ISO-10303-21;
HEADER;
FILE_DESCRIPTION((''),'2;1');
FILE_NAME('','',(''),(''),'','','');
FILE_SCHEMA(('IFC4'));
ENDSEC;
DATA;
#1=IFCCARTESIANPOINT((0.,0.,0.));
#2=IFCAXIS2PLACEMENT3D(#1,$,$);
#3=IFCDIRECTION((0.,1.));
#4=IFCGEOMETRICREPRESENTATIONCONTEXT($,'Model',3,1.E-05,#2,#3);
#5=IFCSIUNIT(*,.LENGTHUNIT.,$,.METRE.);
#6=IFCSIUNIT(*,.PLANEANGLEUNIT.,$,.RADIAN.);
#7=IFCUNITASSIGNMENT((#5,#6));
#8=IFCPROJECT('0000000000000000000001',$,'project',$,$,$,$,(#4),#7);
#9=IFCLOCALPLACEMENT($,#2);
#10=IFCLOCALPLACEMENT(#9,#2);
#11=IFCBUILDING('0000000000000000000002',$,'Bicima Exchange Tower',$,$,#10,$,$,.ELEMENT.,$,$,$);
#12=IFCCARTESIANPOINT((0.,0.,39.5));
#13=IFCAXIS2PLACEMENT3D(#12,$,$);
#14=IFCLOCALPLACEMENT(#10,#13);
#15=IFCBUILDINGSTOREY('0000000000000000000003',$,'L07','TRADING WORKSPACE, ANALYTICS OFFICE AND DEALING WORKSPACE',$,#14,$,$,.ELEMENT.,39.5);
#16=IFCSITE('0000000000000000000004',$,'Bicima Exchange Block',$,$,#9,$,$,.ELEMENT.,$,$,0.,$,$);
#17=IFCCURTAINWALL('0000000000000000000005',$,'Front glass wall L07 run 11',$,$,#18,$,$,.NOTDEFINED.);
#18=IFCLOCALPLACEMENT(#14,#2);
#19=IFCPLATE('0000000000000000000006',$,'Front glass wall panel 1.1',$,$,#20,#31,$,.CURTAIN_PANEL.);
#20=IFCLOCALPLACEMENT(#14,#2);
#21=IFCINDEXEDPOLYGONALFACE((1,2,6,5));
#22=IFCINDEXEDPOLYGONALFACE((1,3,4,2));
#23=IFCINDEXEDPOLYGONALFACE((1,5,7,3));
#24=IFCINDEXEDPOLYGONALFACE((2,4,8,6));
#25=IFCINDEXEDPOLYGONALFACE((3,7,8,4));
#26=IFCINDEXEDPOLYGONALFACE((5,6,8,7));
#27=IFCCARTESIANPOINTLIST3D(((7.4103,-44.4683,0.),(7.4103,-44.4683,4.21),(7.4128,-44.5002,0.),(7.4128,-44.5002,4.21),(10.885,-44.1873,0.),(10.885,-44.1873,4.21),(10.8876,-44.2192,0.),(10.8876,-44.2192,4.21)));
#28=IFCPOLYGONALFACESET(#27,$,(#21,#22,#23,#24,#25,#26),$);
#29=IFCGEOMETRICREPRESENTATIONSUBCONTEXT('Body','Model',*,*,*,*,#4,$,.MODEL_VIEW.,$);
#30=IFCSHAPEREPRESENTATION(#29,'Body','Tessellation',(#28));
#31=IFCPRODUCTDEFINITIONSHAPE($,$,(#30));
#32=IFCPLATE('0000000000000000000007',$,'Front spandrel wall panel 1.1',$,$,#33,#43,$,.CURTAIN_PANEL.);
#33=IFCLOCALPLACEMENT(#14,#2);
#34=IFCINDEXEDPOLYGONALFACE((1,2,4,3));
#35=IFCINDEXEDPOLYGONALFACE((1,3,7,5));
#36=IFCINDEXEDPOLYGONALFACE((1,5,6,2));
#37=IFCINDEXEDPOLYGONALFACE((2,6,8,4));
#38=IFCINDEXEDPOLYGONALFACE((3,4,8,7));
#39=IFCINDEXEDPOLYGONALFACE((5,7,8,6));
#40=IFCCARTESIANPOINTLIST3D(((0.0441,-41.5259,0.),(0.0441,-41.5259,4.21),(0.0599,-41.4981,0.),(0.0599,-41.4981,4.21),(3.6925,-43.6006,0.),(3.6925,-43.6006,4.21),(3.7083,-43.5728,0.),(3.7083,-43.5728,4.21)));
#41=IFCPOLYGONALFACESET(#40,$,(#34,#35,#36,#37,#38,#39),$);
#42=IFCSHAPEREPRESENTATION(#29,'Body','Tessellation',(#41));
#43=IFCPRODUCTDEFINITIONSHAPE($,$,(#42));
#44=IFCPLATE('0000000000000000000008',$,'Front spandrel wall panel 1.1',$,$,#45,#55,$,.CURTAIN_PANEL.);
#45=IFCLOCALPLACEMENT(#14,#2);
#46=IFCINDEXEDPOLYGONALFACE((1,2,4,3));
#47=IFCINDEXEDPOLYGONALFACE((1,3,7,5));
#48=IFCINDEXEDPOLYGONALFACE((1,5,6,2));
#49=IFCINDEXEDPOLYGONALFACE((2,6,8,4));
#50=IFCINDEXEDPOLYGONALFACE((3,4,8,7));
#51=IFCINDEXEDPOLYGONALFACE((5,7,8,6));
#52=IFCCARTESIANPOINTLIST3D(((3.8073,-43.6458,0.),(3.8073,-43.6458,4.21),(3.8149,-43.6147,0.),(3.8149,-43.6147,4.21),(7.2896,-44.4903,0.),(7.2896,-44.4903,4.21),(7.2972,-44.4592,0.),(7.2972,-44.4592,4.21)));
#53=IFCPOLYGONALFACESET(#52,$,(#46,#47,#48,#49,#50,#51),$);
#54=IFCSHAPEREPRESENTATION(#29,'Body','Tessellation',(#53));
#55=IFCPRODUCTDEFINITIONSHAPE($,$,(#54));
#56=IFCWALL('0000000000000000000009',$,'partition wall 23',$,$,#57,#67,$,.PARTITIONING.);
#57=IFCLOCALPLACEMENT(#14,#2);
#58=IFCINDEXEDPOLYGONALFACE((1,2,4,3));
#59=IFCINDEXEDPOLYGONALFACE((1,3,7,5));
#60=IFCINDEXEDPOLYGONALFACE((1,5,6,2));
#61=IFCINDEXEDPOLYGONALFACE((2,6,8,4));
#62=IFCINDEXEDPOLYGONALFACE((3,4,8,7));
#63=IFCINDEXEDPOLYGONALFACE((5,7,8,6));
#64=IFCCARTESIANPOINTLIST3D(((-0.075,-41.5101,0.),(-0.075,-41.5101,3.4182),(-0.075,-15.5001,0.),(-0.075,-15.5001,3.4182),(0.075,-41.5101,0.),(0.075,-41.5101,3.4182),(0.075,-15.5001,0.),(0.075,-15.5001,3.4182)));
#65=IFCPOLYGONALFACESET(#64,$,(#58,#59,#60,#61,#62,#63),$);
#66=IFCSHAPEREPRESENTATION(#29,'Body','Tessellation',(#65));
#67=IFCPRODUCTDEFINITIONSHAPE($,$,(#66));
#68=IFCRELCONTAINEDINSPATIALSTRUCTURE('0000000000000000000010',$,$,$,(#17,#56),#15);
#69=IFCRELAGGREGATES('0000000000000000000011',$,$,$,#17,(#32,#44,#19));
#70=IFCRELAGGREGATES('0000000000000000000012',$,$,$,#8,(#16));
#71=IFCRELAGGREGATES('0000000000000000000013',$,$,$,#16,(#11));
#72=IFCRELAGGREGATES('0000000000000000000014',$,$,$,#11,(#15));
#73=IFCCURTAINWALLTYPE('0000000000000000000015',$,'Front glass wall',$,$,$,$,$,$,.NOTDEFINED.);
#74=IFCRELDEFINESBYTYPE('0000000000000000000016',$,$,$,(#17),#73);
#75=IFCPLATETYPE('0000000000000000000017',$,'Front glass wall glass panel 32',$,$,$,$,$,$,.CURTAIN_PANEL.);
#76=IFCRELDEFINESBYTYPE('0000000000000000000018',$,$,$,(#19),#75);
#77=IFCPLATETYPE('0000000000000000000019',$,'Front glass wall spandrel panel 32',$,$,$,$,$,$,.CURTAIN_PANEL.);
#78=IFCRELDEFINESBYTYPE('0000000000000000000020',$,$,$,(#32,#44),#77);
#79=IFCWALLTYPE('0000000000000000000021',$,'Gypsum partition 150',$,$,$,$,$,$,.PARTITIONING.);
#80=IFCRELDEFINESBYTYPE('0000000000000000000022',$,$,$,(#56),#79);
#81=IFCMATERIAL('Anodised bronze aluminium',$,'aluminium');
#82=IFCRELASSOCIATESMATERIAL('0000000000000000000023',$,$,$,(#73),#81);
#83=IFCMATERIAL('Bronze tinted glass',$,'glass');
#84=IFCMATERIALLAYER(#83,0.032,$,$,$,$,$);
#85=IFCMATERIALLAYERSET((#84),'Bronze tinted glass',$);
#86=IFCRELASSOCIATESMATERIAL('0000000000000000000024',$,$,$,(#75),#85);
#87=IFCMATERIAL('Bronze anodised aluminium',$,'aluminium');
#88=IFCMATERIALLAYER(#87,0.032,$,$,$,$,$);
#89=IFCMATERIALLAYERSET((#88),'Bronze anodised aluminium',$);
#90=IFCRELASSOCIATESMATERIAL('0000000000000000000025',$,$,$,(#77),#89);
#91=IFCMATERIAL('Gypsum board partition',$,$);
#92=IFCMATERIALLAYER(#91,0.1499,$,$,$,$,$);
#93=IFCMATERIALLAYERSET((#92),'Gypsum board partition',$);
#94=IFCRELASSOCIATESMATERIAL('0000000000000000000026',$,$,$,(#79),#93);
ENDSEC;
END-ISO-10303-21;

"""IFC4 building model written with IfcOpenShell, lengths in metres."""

from ifc_helpers import new_model, si_unit, direction, frame, frame_2d, origin, origin_2d, place, context, subcontext, project, spatial, rectangle, extrude, material, layer, layer_set, type_object, element, aggregate, save


model = new_model("IFC4")

# Units and contexts
model_context = context("Model", 3, precision=1e-05, world=origin(), true_north=direction((0.0, 1.0)))
body_context = subcontext(model_context, "Body", "Model", "MODEL_VIEW")
ifc_project = project(units=[si_unit("LENGTHUNIT", "METRE"), si_unit("PLANEANGLEUNIT", "RADIAN")], contexts=[model_context])

# Site, building, storey
site_placement = place(None, origin())
site = spatial("IfcSite", under=ifc_project, at=site_placement, Name="Bicima Exchange Block", CompositionType="ELEMENT", RefElevation=0.0)
building_placement = place(site_placement, origin())
building = spatial("IfcBuilding", under=site, at=building_placement, Name="Bicima Exchange Tower", CompositionType="ELEMENT")
storey_placement = place(building_placement, frame((0.0, 0.0, 39.5)))
storey = spatial("IfcBuildingStorey", under=building, at=storey_placement, Name="L07", Description="TRADING WORKSPACE, ANALYTICS OFFICE AND DEALING WORKSPACE", CompositionType="ELEMENT", Elevation=39.5)

# Curtain wall
ifc_material_1 = material(Name="Anodised bronze aluminium", Category="aluminium")
curtain_wall_type = type_object("IfcCurtainWallType", Name="Front glass wall", PredefinedType="NOTDEFINED", material=ifc_material_1)
curtain_wall_placement = place(storey_placement, origin())
curtain_wall = element("IfcCurtainWall", 1, at=curtain_wall_placement, inside=storey, type_object=curtain_wall_type, Name="Front glass wall L07 run 11", PredefinedType="NOTDEFINED")

# Plates
ifc_material_2 = material(Name="Bronze tinted glass", Category="glass")
ifc_layer_1 = layer(ifc_material_2, 0.032)
ifc_layer_set_1 = layer_set([ifc_layer_1], Name="Bronze tinted glass")
plate_type_1 = type_object("IfcPlateType", Name="Front glass wall glass panel 32", PredefinedType="CURTAIN_PANEL", material=ifc_layer_set_1)
plate_1_placement = place(storey_placement, frame((9.1489, -44.3438, 0.0), z_axis=(0.0, 0.0, 1.0), x_axis=(0.996747, 0.080589, 0.0)))
plate_1 = element("IfcPlate", 2, at=plate_1_placement, type_object=plate_type_1, Name="Front glass wall panel 1.1", PredefinedType="CURTAIN_PANEL", context=body_context, shape_type="SweptSolid", body=[
    extrude(rectangle(XDim=3.4861, YDim=0.032, at=origin_2d()), origin(), (0.0, 0.0, 1.0), 4.21),
])
ifc_material_3 = material(Name="Bronze anodised aluminium", Category="aluminium")
ifc_layer_2 = layer(ifc_material_3, 0.032)
ifc_layer_set_2 = layer_set([ifc_layer_2], Name="Bronze anodised aluminium")
plate_type_2 = type_object("IfcPlateType", Name="Front glass wall spandrel panel 32", PredefinedType="CURTAIN_PANEL", material=ifc_layer_set_2)
plate_2_placement = place(storey_placement, frame((1.8762, -42.5493, 0.0), z_axis=(0.0, 0.0, 1.0), x_axis=(0.869274, -0.49433, 0.0)))
plate_2 = element("IfcPlate", 3, at=plate_2_placement, type_object=plate_type_2, Name="Front spandrel wall panel 1.1", PredefinedType="CURTAIN_PANEL", context=body_context, shape_type="SweptSolid", body=[
    extrude(rectangle(XDim=4.197, YDim=0.032, at=origin_2d()), origin(), (0.0, 0.0, 1.0), 4.21),
])
plate_3_placement = place(storey_placement, frame((5.5522, -44.0525, 0.0), z_axis=(0.0, 0.0, 1.0), x_axis=(0.97183, -0.235682, 0.0)))
plate_3 = element("IfcPlate", 4, at=plate_3_placement, type_object=plate_type_2, Name="Front spandrel wall panel 1.1", PredefinedType="CURTAIN_PANEL", context=body_context, shape_type="SweptSolid", body=[
    extrude(rectangle(XDim=3.5833, YDim=0.032, at=origin_2d()), origin(), (0.0, 0.0, 1.0), 4.21),
])
aggregate(curtain_wall, [plate_2, plate_3, plate_1])

# Wall
ifc_material_4 = material(Name="Gypsum board partition")
ifc_layer_3 = layer(ifc_material_4, 0.1499)
ifc_layer_set_3 = layer_set([ifc_layer_3], Name="Gypsum board partition")
wall_type = type_object("IfcWallType", Name="Gypsum partition 150", PredefinedType="PARTITIONING", material=ifc_layer_set_3)
wall_placement = place(storey_placement, frame((0.0, -41.51, 0.0), z_axis=(0.0, 0.0, 1.0), x_axis=(0.0, 1.0, 0.0)))
element("IfcWall", 5, at=wall_placement, inside=storey, type_object=wall_type, Name="partition wall 23", PredefinedType="PARTITIONING", context=body_context, shape_type="SweptSolid", body=[
    extrude(rectangle(XDim=26.01, YDim=0.1499, at=frame_2d((13.0049, 0.0))), origin(), (0.0, 0.0, 1.0), 3.4182),
])

save(model, "model.ifc")
